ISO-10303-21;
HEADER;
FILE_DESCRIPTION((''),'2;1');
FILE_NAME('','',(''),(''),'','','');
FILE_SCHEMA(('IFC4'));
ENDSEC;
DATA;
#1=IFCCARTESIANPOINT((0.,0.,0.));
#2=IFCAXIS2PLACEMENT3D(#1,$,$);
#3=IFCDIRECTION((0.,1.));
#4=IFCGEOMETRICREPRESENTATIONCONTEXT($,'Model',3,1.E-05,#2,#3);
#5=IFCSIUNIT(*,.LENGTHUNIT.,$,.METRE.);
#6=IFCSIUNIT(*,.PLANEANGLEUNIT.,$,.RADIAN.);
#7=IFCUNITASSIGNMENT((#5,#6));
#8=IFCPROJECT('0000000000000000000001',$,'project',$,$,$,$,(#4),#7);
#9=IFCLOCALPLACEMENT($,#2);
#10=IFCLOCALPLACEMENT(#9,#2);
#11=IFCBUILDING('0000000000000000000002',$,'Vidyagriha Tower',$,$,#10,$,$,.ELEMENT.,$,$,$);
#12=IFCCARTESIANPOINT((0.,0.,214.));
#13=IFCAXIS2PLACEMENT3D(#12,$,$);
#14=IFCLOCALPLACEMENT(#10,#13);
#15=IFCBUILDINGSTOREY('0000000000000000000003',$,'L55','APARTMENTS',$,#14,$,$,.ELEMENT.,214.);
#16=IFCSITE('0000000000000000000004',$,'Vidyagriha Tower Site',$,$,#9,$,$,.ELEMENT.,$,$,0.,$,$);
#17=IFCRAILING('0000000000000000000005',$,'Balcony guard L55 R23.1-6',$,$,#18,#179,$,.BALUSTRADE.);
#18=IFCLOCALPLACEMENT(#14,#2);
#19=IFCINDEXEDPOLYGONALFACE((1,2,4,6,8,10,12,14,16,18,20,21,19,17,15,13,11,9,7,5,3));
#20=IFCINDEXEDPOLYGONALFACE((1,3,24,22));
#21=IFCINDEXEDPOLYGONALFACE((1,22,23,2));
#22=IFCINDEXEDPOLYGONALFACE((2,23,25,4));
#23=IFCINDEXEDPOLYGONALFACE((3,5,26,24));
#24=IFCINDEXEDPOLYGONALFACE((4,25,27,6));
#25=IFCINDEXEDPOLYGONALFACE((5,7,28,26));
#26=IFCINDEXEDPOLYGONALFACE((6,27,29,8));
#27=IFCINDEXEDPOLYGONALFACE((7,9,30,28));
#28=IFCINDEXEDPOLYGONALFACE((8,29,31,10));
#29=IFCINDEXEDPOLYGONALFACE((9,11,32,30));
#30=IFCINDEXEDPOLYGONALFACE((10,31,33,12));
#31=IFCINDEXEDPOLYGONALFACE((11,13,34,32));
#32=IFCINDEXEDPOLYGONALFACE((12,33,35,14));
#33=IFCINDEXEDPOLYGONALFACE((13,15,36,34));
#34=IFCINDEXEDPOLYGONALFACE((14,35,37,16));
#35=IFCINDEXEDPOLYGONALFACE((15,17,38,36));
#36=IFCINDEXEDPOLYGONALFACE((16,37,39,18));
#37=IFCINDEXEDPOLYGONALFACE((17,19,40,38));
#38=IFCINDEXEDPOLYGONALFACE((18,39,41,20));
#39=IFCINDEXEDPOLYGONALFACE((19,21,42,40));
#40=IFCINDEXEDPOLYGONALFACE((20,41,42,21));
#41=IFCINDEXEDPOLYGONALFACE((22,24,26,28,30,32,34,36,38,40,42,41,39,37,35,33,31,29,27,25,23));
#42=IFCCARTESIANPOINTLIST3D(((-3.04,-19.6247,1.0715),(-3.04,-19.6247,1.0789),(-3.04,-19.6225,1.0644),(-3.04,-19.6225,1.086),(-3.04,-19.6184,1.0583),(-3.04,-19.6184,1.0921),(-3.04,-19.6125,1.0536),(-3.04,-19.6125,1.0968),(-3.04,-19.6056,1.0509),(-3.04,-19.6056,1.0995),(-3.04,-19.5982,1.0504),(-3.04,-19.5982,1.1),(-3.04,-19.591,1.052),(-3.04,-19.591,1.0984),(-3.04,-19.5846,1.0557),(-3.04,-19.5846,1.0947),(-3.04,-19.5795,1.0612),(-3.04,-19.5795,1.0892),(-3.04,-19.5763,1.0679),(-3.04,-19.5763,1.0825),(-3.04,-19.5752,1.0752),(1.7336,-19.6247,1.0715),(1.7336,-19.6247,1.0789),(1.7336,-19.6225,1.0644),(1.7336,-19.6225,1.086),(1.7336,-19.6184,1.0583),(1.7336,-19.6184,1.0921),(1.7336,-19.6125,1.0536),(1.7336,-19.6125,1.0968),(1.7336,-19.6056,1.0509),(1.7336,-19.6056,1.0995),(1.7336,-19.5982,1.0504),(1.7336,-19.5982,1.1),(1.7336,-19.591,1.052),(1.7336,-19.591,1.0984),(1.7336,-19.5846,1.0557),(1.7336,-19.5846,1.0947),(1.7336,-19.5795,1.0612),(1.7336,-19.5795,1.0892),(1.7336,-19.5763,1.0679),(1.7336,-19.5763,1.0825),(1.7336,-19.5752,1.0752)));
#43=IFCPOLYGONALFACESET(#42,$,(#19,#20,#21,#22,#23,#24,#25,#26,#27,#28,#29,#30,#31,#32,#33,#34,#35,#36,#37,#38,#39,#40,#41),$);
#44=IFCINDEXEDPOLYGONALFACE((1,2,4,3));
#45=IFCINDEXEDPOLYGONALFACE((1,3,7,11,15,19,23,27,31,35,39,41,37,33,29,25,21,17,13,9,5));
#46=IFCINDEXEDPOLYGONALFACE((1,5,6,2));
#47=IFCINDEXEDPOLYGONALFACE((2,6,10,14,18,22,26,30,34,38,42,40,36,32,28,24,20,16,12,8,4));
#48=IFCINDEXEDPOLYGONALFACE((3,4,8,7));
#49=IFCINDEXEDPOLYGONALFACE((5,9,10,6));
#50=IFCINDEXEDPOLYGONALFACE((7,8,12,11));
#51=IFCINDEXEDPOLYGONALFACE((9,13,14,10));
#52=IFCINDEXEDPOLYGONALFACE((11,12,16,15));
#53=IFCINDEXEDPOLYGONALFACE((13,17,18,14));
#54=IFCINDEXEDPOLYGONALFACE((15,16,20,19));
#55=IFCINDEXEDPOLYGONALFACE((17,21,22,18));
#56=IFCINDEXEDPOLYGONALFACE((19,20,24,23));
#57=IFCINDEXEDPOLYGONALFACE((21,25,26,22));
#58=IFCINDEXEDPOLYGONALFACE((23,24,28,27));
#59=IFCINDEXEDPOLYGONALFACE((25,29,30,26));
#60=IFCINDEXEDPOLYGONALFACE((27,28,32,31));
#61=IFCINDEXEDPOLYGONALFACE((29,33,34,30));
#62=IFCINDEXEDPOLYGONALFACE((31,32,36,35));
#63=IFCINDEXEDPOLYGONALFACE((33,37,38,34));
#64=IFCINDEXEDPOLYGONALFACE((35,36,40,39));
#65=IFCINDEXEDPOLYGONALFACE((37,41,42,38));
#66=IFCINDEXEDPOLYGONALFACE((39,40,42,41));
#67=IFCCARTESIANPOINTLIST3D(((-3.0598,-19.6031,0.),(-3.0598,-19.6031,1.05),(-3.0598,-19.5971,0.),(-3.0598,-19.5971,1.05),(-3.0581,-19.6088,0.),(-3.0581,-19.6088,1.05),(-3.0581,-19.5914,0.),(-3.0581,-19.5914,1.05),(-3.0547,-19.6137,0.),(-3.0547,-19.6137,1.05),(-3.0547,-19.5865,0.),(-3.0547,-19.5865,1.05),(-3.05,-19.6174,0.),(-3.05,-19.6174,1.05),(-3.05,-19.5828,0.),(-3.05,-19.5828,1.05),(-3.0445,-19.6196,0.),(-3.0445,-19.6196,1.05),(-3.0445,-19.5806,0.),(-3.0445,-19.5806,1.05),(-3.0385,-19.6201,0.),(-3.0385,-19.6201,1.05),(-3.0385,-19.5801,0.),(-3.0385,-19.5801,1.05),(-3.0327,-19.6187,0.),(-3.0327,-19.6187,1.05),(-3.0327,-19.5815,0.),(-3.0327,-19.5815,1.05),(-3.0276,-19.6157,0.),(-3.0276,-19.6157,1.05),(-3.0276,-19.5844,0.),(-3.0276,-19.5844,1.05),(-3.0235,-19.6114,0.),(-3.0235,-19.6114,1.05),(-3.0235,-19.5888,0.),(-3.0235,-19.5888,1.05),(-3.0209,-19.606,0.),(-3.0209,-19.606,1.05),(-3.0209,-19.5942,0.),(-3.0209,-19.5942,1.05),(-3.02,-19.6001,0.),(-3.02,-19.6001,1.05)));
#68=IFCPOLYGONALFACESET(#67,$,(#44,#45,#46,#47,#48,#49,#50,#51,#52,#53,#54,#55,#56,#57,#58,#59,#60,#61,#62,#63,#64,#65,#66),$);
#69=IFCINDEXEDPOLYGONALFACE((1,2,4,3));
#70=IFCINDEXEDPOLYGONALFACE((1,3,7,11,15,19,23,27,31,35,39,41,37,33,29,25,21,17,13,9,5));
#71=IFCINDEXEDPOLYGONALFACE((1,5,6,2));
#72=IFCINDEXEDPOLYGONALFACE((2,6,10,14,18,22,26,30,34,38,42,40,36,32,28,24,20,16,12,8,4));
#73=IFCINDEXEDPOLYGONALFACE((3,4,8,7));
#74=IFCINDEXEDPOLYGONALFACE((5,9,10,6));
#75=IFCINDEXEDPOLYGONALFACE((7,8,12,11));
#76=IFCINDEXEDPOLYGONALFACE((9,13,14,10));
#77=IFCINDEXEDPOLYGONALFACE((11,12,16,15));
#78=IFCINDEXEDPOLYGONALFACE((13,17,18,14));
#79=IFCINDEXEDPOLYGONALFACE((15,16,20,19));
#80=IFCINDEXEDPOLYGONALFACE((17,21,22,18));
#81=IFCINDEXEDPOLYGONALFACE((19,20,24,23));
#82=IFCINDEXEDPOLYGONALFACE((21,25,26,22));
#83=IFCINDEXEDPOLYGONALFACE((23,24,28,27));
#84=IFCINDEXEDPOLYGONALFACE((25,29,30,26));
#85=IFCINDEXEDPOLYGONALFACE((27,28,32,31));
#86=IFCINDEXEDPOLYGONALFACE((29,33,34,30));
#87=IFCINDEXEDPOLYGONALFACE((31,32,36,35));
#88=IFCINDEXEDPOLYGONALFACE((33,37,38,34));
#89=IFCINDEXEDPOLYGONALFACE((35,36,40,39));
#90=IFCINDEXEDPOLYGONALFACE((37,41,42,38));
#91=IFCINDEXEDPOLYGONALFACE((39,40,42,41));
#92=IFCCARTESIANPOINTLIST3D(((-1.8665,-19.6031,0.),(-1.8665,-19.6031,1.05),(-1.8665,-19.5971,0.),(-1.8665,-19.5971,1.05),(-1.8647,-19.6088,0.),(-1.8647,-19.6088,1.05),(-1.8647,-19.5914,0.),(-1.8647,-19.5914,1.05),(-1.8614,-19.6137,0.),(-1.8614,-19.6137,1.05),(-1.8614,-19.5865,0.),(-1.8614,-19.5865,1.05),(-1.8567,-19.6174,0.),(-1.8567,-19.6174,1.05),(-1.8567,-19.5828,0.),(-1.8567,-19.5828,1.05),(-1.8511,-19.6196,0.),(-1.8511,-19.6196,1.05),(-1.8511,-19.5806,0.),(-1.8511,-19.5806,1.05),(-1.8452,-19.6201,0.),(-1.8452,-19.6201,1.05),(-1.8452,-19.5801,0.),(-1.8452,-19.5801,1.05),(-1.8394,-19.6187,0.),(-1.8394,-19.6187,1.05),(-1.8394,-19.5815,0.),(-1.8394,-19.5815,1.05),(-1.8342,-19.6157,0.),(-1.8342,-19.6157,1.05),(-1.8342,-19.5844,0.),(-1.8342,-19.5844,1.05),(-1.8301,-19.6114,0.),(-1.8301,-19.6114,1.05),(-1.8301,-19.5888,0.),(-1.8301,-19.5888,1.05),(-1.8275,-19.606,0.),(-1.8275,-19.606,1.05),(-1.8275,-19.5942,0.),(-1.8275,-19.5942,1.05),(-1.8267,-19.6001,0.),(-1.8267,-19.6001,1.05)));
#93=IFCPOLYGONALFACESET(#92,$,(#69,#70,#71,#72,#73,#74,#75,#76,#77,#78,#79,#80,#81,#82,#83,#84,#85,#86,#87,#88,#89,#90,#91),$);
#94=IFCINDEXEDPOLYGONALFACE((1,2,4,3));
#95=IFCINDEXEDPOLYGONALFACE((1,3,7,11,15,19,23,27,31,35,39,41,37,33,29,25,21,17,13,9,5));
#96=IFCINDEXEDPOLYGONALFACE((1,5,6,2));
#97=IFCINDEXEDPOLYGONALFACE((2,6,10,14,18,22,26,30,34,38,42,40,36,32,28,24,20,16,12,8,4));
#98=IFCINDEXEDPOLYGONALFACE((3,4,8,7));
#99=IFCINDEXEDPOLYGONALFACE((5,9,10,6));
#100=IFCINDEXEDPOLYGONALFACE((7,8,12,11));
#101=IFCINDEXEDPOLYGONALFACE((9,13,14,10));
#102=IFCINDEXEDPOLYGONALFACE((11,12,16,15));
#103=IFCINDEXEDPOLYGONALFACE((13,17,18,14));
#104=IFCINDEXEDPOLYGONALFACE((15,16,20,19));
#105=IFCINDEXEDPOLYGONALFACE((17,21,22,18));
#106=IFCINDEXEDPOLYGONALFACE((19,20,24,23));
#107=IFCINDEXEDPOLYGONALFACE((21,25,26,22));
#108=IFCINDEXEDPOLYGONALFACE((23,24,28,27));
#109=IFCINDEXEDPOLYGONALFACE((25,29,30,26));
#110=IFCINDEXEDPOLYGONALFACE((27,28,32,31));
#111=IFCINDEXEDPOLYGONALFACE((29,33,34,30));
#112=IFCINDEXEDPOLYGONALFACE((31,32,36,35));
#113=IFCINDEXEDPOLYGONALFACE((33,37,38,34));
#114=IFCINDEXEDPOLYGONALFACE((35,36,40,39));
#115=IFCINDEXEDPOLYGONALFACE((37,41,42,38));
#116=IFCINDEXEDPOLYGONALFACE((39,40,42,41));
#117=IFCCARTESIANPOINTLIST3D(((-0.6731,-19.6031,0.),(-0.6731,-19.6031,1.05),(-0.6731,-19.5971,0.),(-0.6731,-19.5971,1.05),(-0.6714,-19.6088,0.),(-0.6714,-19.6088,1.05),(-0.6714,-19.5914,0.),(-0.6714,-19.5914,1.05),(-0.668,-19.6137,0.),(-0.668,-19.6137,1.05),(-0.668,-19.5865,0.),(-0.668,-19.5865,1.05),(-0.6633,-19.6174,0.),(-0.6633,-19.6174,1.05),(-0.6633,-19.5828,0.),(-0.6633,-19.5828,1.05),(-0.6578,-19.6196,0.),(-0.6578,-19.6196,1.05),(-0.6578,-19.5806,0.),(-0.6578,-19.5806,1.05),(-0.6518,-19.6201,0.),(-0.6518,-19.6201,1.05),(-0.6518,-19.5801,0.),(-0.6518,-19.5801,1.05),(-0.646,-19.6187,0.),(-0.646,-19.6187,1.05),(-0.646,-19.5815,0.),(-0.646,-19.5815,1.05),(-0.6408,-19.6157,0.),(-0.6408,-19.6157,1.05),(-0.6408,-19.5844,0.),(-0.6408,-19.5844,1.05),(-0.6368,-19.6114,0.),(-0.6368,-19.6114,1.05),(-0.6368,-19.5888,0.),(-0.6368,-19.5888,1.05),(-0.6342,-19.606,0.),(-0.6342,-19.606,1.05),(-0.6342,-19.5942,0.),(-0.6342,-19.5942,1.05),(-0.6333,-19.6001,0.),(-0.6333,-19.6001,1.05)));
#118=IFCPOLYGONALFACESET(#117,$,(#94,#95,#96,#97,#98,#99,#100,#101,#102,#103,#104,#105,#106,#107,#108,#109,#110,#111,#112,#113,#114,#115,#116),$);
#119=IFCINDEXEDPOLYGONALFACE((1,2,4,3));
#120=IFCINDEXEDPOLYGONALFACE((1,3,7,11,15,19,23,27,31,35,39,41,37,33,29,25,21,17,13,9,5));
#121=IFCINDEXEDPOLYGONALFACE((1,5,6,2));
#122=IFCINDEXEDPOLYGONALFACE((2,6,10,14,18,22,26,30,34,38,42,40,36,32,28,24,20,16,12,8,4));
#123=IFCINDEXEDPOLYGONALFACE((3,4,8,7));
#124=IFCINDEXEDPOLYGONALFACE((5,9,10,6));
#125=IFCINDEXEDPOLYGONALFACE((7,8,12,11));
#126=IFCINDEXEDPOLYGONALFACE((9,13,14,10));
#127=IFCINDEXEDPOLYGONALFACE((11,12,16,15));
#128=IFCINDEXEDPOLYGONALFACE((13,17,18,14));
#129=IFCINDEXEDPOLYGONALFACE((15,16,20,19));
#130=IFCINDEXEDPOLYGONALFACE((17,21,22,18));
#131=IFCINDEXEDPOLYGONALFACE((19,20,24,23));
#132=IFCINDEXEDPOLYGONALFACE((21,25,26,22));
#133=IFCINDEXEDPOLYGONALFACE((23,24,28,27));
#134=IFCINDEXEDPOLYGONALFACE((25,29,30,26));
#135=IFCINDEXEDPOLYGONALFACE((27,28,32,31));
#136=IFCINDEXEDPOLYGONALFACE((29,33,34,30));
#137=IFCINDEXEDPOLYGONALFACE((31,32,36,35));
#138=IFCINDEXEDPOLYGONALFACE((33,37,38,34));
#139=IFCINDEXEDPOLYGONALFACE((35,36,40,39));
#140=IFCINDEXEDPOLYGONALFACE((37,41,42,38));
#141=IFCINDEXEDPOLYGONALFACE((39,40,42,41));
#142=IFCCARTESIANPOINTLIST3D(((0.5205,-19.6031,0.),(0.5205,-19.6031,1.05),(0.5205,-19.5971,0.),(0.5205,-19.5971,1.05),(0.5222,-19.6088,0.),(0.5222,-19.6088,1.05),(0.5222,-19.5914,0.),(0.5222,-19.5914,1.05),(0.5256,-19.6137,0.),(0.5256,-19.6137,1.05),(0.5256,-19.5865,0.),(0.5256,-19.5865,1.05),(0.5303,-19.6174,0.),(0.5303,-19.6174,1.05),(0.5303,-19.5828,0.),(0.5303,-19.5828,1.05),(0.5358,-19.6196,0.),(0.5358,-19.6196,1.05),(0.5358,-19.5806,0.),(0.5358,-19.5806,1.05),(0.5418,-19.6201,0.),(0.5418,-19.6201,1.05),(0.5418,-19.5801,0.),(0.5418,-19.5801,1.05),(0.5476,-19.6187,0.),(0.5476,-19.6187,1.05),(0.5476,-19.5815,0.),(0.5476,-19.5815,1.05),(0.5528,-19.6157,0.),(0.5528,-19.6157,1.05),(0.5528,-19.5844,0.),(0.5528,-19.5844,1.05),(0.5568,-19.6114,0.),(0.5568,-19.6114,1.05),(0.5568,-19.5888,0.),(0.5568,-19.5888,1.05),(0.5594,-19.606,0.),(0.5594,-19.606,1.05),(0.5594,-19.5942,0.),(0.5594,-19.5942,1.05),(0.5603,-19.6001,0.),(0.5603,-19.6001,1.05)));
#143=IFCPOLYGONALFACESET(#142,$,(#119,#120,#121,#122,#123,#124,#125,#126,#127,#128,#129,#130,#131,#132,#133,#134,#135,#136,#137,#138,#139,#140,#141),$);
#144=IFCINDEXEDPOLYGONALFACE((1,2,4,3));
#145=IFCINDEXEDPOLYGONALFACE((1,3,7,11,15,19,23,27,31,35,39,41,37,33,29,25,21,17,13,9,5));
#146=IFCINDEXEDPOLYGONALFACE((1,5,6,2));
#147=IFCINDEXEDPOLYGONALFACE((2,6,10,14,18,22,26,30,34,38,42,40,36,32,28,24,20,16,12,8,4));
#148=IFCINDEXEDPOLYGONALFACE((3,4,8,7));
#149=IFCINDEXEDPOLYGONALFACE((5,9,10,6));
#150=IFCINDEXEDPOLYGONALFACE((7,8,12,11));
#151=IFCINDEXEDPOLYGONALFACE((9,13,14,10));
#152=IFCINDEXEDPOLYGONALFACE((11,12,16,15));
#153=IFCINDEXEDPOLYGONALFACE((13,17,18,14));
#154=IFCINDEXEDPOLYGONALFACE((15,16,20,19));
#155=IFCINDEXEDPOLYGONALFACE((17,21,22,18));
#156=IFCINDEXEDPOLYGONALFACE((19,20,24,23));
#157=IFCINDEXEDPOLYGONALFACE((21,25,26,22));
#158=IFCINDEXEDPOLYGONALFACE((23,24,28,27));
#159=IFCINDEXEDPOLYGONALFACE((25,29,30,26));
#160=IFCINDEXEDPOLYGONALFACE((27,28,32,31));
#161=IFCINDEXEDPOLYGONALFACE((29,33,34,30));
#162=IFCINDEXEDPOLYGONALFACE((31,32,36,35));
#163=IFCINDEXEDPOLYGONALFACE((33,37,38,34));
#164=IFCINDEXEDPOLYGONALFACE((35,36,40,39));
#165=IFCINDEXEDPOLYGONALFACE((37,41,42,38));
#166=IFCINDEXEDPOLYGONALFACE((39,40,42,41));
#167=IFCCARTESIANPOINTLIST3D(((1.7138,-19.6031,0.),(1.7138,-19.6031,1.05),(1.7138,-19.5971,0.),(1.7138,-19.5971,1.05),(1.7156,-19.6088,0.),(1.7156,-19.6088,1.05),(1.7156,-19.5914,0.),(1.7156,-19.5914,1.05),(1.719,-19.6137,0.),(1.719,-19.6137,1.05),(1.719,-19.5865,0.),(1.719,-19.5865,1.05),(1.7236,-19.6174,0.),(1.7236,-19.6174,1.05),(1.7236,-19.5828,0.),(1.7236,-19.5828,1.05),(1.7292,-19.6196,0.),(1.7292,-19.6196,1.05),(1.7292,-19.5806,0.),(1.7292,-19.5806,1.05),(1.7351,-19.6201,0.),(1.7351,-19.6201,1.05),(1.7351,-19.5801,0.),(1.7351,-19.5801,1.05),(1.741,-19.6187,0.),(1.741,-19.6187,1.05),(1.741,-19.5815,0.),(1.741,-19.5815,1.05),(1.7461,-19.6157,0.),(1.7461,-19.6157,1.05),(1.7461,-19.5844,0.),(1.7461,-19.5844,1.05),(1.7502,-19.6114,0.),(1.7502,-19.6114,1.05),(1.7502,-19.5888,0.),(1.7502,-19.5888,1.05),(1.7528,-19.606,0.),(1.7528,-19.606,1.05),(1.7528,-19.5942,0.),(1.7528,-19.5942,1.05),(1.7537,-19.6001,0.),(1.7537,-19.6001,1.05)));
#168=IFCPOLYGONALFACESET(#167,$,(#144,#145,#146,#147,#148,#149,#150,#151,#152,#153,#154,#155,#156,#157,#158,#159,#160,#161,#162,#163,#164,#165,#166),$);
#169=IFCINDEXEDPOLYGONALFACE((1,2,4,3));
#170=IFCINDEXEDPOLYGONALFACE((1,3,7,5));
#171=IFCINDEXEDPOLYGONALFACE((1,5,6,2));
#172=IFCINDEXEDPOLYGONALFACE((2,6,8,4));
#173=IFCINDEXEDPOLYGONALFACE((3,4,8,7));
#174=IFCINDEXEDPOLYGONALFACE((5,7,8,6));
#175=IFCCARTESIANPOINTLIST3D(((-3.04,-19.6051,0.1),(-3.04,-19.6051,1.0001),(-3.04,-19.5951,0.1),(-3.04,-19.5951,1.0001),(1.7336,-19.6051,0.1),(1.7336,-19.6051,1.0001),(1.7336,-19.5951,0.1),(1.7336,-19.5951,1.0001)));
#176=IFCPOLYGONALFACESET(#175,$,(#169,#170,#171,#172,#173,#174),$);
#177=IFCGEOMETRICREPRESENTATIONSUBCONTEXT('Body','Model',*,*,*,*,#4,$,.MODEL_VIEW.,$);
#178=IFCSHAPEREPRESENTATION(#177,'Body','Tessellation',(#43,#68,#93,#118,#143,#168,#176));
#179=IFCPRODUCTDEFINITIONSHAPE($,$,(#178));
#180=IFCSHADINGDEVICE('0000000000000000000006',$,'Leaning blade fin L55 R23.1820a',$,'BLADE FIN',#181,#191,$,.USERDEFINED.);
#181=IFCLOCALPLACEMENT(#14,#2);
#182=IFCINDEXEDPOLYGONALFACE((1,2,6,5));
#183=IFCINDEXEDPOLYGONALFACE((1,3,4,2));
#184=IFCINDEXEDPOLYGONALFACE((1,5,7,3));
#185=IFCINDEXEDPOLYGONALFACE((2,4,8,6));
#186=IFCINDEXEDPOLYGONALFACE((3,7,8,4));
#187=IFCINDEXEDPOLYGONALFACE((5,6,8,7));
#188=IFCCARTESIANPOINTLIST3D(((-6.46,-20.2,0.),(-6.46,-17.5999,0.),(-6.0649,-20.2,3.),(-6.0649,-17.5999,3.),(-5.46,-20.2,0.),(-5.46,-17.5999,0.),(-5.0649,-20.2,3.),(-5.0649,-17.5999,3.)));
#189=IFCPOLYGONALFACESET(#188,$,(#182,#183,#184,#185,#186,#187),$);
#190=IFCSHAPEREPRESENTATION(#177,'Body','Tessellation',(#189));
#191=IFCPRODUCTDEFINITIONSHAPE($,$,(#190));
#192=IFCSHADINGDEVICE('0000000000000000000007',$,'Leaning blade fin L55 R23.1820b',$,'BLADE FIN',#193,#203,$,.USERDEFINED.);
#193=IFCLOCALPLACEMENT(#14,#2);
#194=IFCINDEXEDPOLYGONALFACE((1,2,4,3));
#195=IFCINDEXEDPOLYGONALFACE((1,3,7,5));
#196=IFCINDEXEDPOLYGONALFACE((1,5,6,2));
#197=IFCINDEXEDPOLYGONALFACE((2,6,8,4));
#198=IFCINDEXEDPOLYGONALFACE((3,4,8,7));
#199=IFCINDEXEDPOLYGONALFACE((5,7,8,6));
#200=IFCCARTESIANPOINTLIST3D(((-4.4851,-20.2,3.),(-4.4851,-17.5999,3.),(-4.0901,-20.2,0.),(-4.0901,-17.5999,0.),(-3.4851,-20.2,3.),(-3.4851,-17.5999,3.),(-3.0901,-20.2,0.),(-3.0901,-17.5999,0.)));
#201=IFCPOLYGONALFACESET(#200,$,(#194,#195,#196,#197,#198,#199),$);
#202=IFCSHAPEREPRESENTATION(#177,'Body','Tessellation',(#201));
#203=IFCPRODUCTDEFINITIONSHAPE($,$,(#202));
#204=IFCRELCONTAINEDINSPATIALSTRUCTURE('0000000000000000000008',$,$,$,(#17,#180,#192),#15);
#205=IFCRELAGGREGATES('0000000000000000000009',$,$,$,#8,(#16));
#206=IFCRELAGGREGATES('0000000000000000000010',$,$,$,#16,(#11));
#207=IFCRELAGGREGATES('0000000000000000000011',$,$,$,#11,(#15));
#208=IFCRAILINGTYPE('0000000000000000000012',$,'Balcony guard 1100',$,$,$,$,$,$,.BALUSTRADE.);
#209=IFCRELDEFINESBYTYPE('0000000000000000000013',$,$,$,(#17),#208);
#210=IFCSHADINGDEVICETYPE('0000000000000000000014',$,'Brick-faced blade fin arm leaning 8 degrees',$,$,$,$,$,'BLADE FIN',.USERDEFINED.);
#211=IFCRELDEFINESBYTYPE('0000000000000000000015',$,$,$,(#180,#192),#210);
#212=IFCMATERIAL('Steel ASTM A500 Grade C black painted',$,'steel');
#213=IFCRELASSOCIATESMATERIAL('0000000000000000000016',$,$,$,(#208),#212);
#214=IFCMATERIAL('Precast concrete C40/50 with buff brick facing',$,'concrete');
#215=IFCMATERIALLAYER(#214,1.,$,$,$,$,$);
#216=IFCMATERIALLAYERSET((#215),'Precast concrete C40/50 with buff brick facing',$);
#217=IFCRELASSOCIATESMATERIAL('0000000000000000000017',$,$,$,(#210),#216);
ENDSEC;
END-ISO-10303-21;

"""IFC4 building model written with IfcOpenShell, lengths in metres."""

from ifc_helpers import new_model, si_unit, direction, frame, origin, origin_2d, place, context, subcontext, project, spatial, polyline, rectangle, circle, outline, extrude, material, layer, layer_set, type_object, element, save


model = new_model("IFC4")

# Units and contexts
model_context = context("Model", 3, precision=1e-05, world=origin(), true_north=direction((0.0, 1.0)))
body_context = subcontext(model_context, "Body", "Model", "MODEL_VIEW")
ifc_project = project(units=[si_unit("LENGTHUNIT", "METRE"), si_unit("PLANEANGLEUNIT", "RADIAN")], contexts=[model_context])

# Site, building, storey
site_placement = place(None, origin())
site = spatial("IfcSite", under=ifc_project, at=site_placement, Name="Vidyagriha Tower Site", CompositionType="ELEMENT", RefElevation=0.0)
building_placement = place(site_placement, origin())
building = spatial("IfcBuilding", under=site, at=building_placement, Name="Vidyagriha Tower", CompositionType="ELEMENT")
storey_placement = place(building_placement, frame((0.0, 0.0, 214.0)))
storey = spatial("IfcBuildingStorey", under=building, at=storey_placement, Name="L55", Description="APARTMENTS", CompositionType="ELEMENT", Elevation=214.0)

# Railing
ifc_material_1 = material(Name="Steel ASTM A500 Grade C black painted", Category="steel")
railing_type = type_object("IfcRailingType", Name="Balcony guard 1100", PredefinedType="BALUSTRADE", material=ifc_material_1)
railing_1_placement = place(storey_placement, frame((-3.04, -19.6001, 0.0)))
element("IfcRailing", 1, at=railing_1_placement, inside=storey, type_object=railing_type, Name="Balcony guard L55 R23.1-6", PredefinedType="BALUSTRADE", context=body_context, shape_type="SweptSolid", body=[
    extrude(circle(Radius=0.0249, at=origin_2d()), frame((0.0, 0.0, 1.0752), z_axis=(1.0, 0.0, 0.0), x_axis=(0.0, 1.0, 0.0)), (0.0, 0.0, 1.0), 4.7737),
    extrude(circle(Radius=0.02, at=origin_2d()), origin(), (0.0, 0.0, 1.0), 1.05),
    extrude(circle(Radius=0.02, at=origin_2d()), frame((1.1934, 0.0, 0.0)), (0.0, 0.0, 1.0), 1.05),
    extrude(circle(Radius=0.02, at=origin_2d()), frame((2.3867, 0.0, 0.0)), (0.0, 0.0, 1.0), 1.05),
    extrude(circle(Radius=0.02, at=origin_2d()), frame((3.5803, 0.0, 0.0)), (0.0, 0.0, 1.0), 1.05),
    extrude(circle(Radius=0.02, at=origin_2d()), frame((4.7737, 0.0, 0.0)), (0.0, 0.0, 1.0), 1.05),
    extrude(rectangle(XDim=0.01, YDim=0.9001, at=origin_2d()), frame((0.0, 0.0, 0.55), z_axis=(1.0, 0.0, 0.0), x_axis=(0.0, 1.0, 0.0)), (0.0, 0.0, 1.0), 4.7737),
])

# Shading devices
ifc_material_2 = material(Name="Precast concrete C40/50 with buff brick facing", Category="concrete")
ifc_layer_1 = layer(ifc_material_2, 1.0)
ifc_layer_set_1 = layer_set([ifc_layer_1], Name="Precast concrete C40/50 with buff brick facing")
shading_device_type = type_object("IfcShadingDeviceType", Name="Brick-faced blade fin arm leaning 8 degrees", ElementType="BLADE FIN", PredefinedType="USERDEFINED", material=ifc_layer_set_1)
shading_device_1_placement = place(storey_placement, frame((-6.46, -18.8999, 0.0)))
element("IfcShadingDevice", 2, at=shading_device_1_placement, inside=storey, type_object=shading_device_type, Name="Leaning blade fin L55 R23.1820a", ObjectType="BLADE FIN", PredefinedType="USERDEFINED", context=body_context, shape_type="SweptSolid", body=[
    extrude(outline(polyline([(0.0, 0.0), (1.0, 0.0), (1.395, 3.0), (0.395, 3.0), (0.0, 0.0)])), frame((0.0, 1.3, 0.0), z_axis=(0.0, -1.0, 0.0), x_axis=(1.0, 0.0, 0.0)), (0.0, 0.0, 1.0), 2.6001),
])
shading_device_2_placement = place(storey_placement, frame((-4.4851, -18.8999, 0.0)))
element("IfcShadingDevice", 3, at=shading_device_2_placement, inside=storey, type_object=shading_device_type, Name="Leaning blade fin L55 R23.1820b", ObjectType="BLADE FIN", PredefinedType="USERDEFINED", context=body_context, shape_type="SweptSolid", body=[
    extrude(outline(polyline([(0.395, 0.0), (1.395, 0.0), (1.0, 3.0), (0.0, 3.0), (0.395, 0.0)])), frame((0.0, 1.3, 0.0), z_axis=(0.0, -1.0, 0.0), x_axis=(1.0, 0.0, 0.0)), (0.0, 0.0, 1.0), 2.6001),
])

save(model, "model.ifc")
